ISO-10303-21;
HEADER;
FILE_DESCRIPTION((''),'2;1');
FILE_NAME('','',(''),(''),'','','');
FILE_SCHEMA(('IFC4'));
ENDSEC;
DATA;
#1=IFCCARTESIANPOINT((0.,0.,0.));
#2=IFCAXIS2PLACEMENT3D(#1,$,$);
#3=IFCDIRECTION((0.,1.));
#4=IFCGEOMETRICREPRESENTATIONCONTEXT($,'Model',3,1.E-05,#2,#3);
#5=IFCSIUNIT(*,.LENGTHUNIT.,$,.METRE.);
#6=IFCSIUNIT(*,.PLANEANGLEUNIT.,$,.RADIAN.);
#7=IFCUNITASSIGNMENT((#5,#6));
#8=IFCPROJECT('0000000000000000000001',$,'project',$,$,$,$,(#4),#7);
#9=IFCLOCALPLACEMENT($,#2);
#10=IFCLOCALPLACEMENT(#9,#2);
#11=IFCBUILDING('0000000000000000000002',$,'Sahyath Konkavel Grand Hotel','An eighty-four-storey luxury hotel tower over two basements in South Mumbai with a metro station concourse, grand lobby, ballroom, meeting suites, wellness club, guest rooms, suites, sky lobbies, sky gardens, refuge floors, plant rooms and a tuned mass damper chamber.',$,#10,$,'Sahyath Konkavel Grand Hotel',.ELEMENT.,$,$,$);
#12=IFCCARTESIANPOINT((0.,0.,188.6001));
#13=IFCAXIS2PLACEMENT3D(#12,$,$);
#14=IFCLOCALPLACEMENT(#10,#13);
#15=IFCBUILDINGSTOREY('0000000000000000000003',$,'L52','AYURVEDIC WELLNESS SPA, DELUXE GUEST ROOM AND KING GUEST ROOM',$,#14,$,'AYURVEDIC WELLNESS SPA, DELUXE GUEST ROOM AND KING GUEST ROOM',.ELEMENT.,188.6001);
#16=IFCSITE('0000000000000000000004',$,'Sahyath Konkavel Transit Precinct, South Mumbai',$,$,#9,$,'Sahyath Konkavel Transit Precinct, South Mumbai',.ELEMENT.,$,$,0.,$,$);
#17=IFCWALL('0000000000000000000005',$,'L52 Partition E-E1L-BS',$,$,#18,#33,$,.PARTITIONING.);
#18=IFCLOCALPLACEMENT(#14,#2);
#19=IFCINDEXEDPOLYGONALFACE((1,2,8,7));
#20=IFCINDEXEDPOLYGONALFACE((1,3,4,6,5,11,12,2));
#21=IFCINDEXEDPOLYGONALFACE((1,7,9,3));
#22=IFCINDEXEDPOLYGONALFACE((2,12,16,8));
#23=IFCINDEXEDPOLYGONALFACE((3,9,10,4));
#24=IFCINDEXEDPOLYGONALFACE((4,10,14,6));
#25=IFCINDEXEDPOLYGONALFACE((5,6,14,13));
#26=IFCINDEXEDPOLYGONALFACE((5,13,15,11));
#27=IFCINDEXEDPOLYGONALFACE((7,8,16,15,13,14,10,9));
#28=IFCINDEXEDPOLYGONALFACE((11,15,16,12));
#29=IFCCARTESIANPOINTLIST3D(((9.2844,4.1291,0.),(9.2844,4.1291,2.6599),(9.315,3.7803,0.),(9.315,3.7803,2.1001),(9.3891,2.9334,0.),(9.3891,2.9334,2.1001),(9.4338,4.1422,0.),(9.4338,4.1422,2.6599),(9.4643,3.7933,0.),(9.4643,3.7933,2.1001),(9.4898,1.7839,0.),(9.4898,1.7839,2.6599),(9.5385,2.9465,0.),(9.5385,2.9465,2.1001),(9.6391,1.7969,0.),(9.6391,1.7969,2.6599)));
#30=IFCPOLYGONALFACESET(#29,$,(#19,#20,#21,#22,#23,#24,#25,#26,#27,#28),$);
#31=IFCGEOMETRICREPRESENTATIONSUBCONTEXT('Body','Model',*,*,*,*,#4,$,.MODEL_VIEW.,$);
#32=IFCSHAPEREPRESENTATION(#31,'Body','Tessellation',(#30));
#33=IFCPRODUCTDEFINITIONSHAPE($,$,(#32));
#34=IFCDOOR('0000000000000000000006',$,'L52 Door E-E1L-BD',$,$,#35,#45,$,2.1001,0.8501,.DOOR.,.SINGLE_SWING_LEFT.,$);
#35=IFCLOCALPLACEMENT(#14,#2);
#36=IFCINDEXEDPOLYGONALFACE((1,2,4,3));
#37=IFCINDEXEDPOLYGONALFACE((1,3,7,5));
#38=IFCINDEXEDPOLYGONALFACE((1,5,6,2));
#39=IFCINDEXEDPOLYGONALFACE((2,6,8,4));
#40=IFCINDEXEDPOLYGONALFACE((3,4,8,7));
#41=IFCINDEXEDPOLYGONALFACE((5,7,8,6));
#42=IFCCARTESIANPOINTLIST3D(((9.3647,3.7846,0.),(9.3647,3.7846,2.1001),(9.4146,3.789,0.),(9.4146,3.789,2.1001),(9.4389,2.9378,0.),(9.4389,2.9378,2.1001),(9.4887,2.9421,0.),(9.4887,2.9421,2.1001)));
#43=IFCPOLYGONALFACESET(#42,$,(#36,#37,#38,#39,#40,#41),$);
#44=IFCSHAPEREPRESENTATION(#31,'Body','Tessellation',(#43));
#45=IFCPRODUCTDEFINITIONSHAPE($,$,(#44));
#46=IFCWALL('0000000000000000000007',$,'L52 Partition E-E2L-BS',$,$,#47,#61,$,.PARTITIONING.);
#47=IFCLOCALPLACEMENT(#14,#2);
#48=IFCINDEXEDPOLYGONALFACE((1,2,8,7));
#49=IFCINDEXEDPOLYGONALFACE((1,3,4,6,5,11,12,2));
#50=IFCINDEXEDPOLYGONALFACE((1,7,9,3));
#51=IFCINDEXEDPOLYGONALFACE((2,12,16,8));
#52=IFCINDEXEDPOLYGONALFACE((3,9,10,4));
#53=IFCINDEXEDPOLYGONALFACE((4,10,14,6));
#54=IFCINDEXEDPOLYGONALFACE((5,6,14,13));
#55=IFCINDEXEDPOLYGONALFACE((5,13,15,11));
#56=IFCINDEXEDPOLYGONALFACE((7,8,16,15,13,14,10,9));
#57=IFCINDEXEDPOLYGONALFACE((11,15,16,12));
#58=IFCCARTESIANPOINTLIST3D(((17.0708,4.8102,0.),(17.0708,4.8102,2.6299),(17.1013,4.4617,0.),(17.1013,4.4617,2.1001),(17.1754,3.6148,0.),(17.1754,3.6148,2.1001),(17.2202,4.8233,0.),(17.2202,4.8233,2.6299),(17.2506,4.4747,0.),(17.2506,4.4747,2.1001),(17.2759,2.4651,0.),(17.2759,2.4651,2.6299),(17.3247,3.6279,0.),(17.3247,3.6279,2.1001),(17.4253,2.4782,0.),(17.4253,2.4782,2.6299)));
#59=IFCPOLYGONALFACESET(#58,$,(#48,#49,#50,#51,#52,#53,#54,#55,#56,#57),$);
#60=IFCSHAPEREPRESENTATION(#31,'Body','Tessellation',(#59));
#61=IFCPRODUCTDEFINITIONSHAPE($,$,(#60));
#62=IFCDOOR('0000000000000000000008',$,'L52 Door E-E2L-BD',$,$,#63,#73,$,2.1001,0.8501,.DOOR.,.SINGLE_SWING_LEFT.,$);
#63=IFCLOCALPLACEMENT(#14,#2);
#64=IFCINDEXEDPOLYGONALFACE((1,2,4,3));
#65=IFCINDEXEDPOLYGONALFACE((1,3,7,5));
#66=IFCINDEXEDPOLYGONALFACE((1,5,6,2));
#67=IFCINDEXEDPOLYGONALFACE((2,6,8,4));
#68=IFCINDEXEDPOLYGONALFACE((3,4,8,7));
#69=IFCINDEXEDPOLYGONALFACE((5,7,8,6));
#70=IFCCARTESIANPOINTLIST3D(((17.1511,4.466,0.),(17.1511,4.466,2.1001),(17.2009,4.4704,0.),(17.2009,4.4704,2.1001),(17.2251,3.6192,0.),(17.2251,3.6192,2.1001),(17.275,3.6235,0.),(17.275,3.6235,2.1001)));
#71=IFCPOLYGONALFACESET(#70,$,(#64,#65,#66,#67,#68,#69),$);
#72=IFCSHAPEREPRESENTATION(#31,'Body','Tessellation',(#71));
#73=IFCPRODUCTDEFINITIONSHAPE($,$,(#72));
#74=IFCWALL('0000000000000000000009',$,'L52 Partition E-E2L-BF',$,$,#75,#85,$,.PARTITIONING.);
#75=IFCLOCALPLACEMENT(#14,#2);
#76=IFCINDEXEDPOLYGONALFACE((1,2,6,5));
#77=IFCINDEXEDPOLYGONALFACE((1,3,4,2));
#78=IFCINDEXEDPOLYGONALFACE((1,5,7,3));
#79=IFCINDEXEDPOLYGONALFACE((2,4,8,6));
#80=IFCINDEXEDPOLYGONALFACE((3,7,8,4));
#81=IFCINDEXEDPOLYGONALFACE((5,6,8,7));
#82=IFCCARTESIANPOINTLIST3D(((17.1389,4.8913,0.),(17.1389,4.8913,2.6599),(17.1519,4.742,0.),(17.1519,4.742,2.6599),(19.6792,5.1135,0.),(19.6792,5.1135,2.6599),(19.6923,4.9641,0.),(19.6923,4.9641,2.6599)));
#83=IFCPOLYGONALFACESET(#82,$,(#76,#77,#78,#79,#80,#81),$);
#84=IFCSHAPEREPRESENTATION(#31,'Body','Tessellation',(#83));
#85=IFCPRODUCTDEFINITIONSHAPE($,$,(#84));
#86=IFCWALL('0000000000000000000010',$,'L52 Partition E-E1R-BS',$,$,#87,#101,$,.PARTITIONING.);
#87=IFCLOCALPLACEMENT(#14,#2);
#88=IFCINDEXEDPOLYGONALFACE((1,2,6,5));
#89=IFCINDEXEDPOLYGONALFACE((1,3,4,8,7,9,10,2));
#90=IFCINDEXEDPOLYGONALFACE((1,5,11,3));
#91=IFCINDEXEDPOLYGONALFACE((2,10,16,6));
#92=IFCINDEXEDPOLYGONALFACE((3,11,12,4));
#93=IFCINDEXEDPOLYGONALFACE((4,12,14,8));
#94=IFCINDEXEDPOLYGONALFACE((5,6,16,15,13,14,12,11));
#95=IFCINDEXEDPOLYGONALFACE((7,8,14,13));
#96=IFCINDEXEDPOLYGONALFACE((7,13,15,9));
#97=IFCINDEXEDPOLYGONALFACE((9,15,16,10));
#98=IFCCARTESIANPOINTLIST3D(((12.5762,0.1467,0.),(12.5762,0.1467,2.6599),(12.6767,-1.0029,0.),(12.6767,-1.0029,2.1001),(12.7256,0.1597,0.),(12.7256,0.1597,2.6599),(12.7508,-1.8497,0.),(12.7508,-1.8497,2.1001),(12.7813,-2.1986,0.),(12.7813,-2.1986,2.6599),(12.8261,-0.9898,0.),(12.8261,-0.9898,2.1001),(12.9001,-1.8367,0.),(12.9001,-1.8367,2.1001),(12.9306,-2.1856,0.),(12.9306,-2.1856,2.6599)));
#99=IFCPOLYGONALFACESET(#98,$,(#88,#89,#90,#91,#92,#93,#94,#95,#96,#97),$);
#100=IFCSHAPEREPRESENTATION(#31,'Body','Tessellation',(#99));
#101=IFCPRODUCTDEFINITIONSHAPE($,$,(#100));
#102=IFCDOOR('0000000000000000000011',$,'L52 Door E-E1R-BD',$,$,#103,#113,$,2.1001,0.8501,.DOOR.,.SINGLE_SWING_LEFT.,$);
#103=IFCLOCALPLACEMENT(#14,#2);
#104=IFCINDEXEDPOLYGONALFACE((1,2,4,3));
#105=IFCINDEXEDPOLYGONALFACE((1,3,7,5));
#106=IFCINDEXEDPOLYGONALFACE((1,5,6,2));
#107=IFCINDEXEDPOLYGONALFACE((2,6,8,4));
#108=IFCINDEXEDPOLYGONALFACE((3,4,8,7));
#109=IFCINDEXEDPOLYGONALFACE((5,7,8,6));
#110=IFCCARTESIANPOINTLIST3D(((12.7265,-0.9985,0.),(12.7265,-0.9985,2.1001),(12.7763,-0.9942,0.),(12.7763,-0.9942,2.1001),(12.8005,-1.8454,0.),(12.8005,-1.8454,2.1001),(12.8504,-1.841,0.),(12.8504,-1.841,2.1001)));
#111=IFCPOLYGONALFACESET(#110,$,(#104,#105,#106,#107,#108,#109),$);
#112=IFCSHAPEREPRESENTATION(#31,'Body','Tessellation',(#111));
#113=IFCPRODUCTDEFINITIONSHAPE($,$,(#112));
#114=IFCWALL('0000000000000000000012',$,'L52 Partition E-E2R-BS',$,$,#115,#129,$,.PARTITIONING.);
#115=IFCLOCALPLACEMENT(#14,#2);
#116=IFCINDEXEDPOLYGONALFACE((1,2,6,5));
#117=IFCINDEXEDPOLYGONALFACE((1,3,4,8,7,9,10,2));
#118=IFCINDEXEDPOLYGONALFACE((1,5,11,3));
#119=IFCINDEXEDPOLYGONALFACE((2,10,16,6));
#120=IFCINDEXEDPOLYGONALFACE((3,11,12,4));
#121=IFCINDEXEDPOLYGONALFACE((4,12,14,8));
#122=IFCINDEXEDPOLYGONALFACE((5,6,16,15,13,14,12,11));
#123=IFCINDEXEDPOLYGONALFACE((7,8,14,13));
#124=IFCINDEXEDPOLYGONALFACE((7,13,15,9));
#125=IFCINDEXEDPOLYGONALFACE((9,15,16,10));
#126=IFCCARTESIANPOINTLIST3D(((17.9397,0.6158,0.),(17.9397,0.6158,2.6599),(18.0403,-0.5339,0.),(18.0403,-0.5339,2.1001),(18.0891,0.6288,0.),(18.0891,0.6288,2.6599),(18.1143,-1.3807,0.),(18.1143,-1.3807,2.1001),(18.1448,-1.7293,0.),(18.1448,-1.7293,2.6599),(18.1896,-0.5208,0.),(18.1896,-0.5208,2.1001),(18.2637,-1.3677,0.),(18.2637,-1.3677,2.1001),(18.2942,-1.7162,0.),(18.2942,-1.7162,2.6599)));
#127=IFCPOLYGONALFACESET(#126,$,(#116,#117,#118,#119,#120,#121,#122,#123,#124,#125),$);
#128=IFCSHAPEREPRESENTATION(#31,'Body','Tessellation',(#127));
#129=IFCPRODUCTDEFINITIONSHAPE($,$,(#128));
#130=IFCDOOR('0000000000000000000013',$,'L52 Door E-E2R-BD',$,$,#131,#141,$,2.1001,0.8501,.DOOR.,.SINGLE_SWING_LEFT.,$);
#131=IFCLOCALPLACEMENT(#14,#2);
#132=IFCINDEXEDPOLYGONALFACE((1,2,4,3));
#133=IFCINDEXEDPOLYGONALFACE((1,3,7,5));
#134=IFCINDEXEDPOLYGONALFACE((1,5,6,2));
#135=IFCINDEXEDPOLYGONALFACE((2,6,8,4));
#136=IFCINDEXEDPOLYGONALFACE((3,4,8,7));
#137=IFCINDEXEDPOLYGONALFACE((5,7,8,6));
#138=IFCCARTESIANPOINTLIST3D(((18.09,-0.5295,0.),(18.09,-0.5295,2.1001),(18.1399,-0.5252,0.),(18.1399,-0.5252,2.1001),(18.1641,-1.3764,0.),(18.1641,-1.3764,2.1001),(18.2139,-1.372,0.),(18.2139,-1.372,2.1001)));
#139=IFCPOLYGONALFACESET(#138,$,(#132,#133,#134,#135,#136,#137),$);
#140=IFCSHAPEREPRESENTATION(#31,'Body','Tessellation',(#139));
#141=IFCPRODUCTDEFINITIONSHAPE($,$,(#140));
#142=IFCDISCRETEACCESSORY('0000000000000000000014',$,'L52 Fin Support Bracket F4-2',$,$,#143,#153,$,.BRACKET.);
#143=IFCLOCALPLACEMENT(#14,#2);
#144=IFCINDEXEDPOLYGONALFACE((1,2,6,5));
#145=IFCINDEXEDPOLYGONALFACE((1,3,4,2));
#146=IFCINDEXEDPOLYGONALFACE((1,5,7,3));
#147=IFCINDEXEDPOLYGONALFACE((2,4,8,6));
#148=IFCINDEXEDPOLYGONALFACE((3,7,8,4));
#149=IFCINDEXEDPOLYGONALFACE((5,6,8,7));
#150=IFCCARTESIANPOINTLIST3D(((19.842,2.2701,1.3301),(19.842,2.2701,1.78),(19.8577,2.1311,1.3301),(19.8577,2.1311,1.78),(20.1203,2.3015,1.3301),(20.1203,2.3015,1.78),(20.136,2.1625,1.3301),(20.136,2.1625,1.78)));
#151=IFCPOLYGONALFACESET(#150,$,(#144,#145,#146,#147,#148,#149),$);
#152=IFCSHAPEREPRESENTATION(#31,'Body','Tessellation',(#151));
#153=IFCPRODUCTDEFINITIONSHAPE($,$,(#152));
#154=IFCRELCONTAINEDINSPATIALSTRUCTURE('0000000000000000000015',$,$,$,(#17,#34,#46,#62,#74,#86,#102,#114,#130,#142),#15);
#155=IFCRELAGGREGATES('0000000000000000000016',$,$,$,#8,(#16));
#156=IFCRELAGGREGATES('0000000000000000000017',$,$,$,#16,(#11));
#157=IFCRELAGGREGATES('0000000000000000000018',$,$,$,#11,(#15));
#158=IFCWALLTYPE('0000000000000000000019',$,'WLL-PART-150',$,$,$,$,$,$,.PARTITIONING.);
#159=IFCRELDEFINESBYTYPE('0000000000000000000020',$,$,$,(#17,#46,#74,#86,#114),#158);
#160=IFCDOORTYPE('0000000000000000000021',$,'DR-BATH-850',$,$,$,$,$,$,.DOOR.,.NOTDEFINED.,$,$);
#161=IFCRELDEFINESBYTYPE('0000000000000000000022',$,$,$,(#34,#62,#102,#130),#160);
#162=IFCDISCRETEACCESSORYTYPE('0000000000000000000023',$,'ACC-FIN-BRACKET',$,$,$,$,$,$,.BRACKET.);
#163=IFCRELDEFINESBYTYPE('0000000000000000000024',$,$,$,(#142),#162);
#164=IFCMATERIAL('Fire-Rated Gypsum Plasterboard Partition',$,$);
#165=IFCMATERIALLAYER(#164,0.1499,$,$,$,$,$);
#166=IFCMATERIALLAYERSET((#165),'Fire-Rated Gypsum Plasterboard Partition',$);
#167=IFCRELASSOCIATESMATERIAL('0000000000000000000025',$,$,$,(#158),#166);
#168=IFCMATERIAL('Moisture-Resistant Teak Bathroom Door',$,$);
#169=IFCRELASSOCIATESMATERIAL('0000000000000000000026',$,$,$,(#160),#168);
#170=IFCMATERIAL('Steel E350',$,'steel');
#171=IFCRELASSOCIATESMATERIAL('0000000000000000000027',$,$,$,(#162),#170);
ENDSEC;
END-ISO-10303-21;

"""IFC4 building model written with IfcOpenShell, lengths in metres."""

from ifc_helpers import new_model, si_unit, direction, frame, frame_2d, origin, origin_2d, place, context, subcontext, project, spatial, rectangle, extrude, source, transform, mapped, material, layer, layer_set, type_object, element, fill, save


model = new_model("IFC4")

# Units and contexts
model_context = context("Model", 3, precision=1e-05, world=origin(), true_north=direction((0.0, 1.0)))
body_context = subcontext(model_context, "Body", "Model", "MODEL_VIEW")
ifc_project = project(units=[si_unit("LENGTHUNIT", "METRE"), si_unit("PLANEANGLEUNIT", "RADIAN")], contexts=[model_context])

# Site, building, storey
site_placement = place(None, origin())
site = spatial("IfcSite", under=ifc_project, at=site_placement, Name="Sahyath Konkavel Transit Precinct, South Mumbai", LongName="Sahyath Konkavel Transit Precinct, South Mumbai", CompositionType="ELEMENT", RefElevation=0.0)
building_placement = place(site_placement, origin())
building = spatial("IfcBuilding", under=site, at=building_placement, Name="Sahyath Konkavel Grand Hotel", Description="An eighty-four-storey luxury hotel tower over two basements in South Mumbai with a metro station concourse, grand lobby, ballroom, meeting suites, wellness club, guest rooms, suites, sky lobbies, sky gardens, refuge floors, plant rooms and a tuned mass damper chamber.", LongName="Sahyath Konkavel Grand Hotel", CompositionType="ELEMENT")
storey_placement = place(building_placement, frame((0.0, 0.0, 188.6001)))
storey = spatial("IfcBuildingStorey", under=building, at=storey_placement, Name="L52", Description="AYURVEDIC WELLNESS SPA, DELUXE GUEST ROOM AND KING GUEST ROOM", LongName="AYURVEDIC WELLNESS SPA, DELUXE GUEST ROOM AND KING GUEST ROOM", CompositionType="ELEMENT", Elevation=188.6001)

# Shared definitions
ifc_material_1 = material(Name="Steel E350", Category="steel")

# Walls, openings, doors
ifc_material_2 = material(Name="Fire-Rated Gypsum Plasterboard Partition")
ifc_layer_1 = layer(ifc_material_2, 0.1499)
ifc_layer_set_1 = layer_set([ifc_layer_1], Name="Fire-Rated Gypsum Plasterboard Partition")
wall_type_1 = type_object("IfcWallType", Name="WLL-PART-150", PredefinedType="PARTITIONING", material=ifc_layer_set_1)
wall_1_placement = place(storey_placement, frame((9.5645, 1.7903, 0.0), z_axis=(0.0, 0.0, 1.0), x_axis=(-0.087216, 0.996189, 0.0)))
wall_1 = element("IfcWall", 1, at=wall_1_placement, inside=storey, type_object=wall_type_1, Name="L52 Partition E-E1L-BS", PredefinedType="PARTITIONING", context=body_context, shape_type="SweptSolid", body=[
    extrude(rectangle(XDim=2.3542, YDim=0.1499, at=frame_2d((1.1772, 0.0))), origin(), (0.0, 0.0, 1.0), 2.6599),
])
opening_1_placement = place(wall_1_placement, frame((1.1541, 0.0, 0.0)))
opening_1 = element("IfcOpeningElement", 2, at=opening_1_placement, cuts=wall_1, PredefinedType="OPENING", context=body_context, shape_type="SweptSolid", body=[
    extrude(rectangle(XDim=0.8501, YDim=2.1001, at=frame_2d((0.425, 1.05))), frame((0.0, 0.085, 0.0), z_axis=(0.0, -1.0, 0.0), x_axis=(1.0, 0.0, 0.0)), (0.0, 0.0, 1.0), 0.1699),
])
ifc_material_3 = material(Name="Moisture-Resistant Teak Bathroom Door")
door_type = type_object("IfcDoorType", Name="DR-BATH-850", OperationType="NOTDEFINED", PredefinedType="DOOR", material=ifc_material_3)
shared_shape_1 = source(origin(), body_context, "Body", "SweptSolid", [
    extrude(rectangle(XDim=0.8501, YDim=0.05, at=origin_2d()), origin(), (0.0, 0.0, 1.0), 2.1001),
])
door_1_placement = place(opening_1_placement, frame((0.425, 0.0, 0.0)))
door_1 = element("IfcDoor", 3, at=door_1_placement, inside=storey, type_object=door_type, Name="L52 Door E-E1L-BD", OperationType="SINGLE_SWING_LEFT", OverallHeight=2.1001, OverallWidth=0.8501, PredefinedType="DOOR", context=body_context, shape_type="MappedRepresentation", body=[
    mapped(shared_shape_1, transform((0.0, 0.0, 0.0), scale=1.0)),
])
fill(opening_1, door_1)
wall_2_placement = place(storey_placement, frame((17.3506, 2.4717, 0.0), z_axis=(0.0, 0.0, 1.0), x_axis=(-0.087122, 0.996198, 0.0)))
wall_2 = element("IfcWall", 4, at=wall_2_placement, inside=storey, type_object=wall_type_1, Name="L52 Partition E-E2L-BS", PredefinedType="PARTITIONING", context=body_context, shape_type="SweptSolid", body=[
    extrude(rectangle(XDim=2.354, YDim=0.1499, at=frame_2d((1.177, 0.0))), origin(), (0.0, 0.0, 1.0), 2.6299),
])
opening_2_placement = place(wall_2_placement, frame((1.1541, 0.0, 0.0)))
opening_2 = element("IfcOpeningElement", 5, at=opening_2_placement, cuts=wall_2, PredefinedType="OPENING", context=body_context, shape_type="SweptSolid", body=[
    extrude(rectangle(XDim=0.8501, YDim=2.1001, at=frame_2d((0.425, 1.05))), frame((0.0, 0.085, 0.0), z_axis=(0.0, -1.0, 0.0), x_axis=(1.0, 0.0, 0.0)), (0.0, 0.0, 1.0), 0.1699),
])
door_2_placement = place(opening_2_placement, frame((0.425, 0.0, 0.0)))
door_2 = element("IfcDoor", 6, at=door_2_placement, inside=storey, type_object=door_type, Name="L52 Door E-E2L-BD", OperationType="SINGLE_SWING_LEFT", OverallHeight=2.1001, OverallWidth=0.8501, PredefinedType="DOOR", context=body_context, shape_type="MappedRepresentation", body=[
    mapped(shared_shape_1, transform((0.0, 0.0, 0.0), scale=1.0)),
])
fill(opening_2, door_2)

# Wall
wall_3_placement = place(storey_placement, frame((17.1455, 4.8167, 0.0), z_axis=(0.0, 0.0, 1.0), x_axis=(0.996197, 0.087125, 0.0)))
element("IfcWall", 7, at=wall_3_placement, inside=storey, type_object=wall_type_1, Name="L52 Partition E-E2L-BF", PredefinedType="PARTITIONING", context=body_context, shape_type="SweptSolid", body=[
    extrude(rectangle(XDim=2.55, YDim=0.1499, at=frame_2d((1.2749, 0.0))), origin(), (0.0, 0.0, 1.0), 2.6599),
])

# Walls, openings, doors
wall_4_placement = place(storey_placement, frame((12.6509, 0.1533, 0.0), z_axis=(0.0, 0.0, 1.0), x_axis=(0.087113, -0.996198, 0.0)))
wall_4 = element("IfcWall", 8, at=wall_4_placement, inside=storey, type_object=wall_type_1, Name="L52 Partition E-E1R-BS", PredefinedType="PARTITIONING", context=body_context, shape_type="SweptSolid", body=[
    extrude(rectangle(XDim=2.3542, YDim=0.1499, at=frame_2d((1.1772, 0.0))), origin(), (0.0, 0.0, 1.0), 2.6599),
])
opening_3_placement = place(wall_4_placement, frame((1.1541, 0.0, 0.0)))
opening_3 = element("IfcOpeningElement", 9, at=opening_3_placement, cuts=wall_4, PredefinedType="OPENING", context=body_context, shape_type="SweptSolid", body=[
    extrude(rectangle(XDim=0.8501, YDim=2.1001, at=frame_2d((0.425, 1.05))), frame((0.0, 0.085, 0.0), z_axis=(0.0, -1.0, 0.0), x_axis=(1.0, 0.0, 0.0)), (0.0, 0.0, 1.0), 0.1699),
])
door_3_placement = place(opening_3_placement, frame((0.425, 0.0, 0.0)))
door_3 = element("IfcDoor", 10, at=door_3_placement, inside=storey, type_object=door_type, Name="L52 Door E-E1R-BD", OperationType="SINGLE_SWING_LEFT", OverallHeight=2.1001, OverallWidth=0.8501, PredefinedType="DOOR", context=body_context, shape_type="MappedRepresentation", body=[
    mapped(shared_shape_1, transform((0.0, 0.0, 0.0), scale=1.0)),
])
fill(opening_3, door_3)
wall_5_placement = place(storey_placement, frame((18.0144, 0.6223, 0.0), z_axis=(0.0, 0.0, 1.0), x_axis=(0.087122, -0.996198, 0.0)))
wall_5 = element("IfcWall", 11, at=wall_5_placement, inside=storey, type_object=wall_type_1, Name="L52 Partition E-E2R-BS", PredefinedType="PARTITIONING", context=body_context, shape_type="SweptSolid", body=[
    extrude(rectangle(XDim=2.354, YDim=0.1499, at=frame_2d((1.177, 0.0))), origin(), (0.0, 0.0, 1.0), 2.6599),
])
opening_4_placement = place(wall_5_placement, frame((1.1541, 0.0, 0.0)))
opening_4 = element("IfcOpeningElement", 12, at=opening_4_placement, cuts=wall_5, PredefinedType="OPENING", context=body_context, shape_type="SweptSolid", body=[
    extrude(rectangle(XDim=0.8501, YDim=2.1001, at=frame_2d((0.425, 1.05))), frame((0.0, 0.085, 0.0), z_axis=(0.0, -1.0, 0.0), x_axis=(1.0, 0.0, 0.0)), (0.0, 0.0, 1.0), 0.1699),
])
door_4_placement = place(opening_4_placement, frame((0.425, 0.0, 0.0)))
door_4 = element("IfcDoor", 13, at=door_4_placement, inside=storey, type_object=door_type, Name="L52 Door E-E2R-BD", OperationType="SINGLE_SWING_LEFT", OverallHeight=2.1001, OverallWidth=0.8501, PredefinedType="DOOR", context=body_context, shape_type="MappedRepresentation", body=[
    mapped(shared_shape_1, transform((0.0, 0.0, 0.0), scale=1.0)),
])
fill(opening_4, door_4)

# Discrete accessory
discrete_accessory_type = type_object("IfcDiscreteAccessoryType", Name="ACC-FIN-BRACKET", PredefinedType="BRACKET", material=ifc_material_1)
shared_shape_2 = source(origin(), body_context, "Body", "SweptSolid", [
    extrude(rectangle(XDim=0.28, YDim=0.1399, at=origin_2d()), origin(), (0.0, 0.0, 1.0), 0.45),
])
discrete_accessory_placement = place(storey_placement, frame((19.989, 2.2163, 1.3301), z_axis=(0.0, 0.0, 1.0), x_axis=(0.993709, 0.111989, 0.0)))
element("IfcDiscreteAccessory", 14, at=discrete_accessory_placement, inside=storey, type_object=discrete_accessory_type, Name="L52 Fin Support Bracket F4-2", PredefinedType="BRACKET", context=body_context, shape_type="MappedRepresentation", body=[
    mapped(shared_shape_2, transform((0.0, 0.0, 0.0), scale=1.0)),
])

save(model, "model.ifc")
